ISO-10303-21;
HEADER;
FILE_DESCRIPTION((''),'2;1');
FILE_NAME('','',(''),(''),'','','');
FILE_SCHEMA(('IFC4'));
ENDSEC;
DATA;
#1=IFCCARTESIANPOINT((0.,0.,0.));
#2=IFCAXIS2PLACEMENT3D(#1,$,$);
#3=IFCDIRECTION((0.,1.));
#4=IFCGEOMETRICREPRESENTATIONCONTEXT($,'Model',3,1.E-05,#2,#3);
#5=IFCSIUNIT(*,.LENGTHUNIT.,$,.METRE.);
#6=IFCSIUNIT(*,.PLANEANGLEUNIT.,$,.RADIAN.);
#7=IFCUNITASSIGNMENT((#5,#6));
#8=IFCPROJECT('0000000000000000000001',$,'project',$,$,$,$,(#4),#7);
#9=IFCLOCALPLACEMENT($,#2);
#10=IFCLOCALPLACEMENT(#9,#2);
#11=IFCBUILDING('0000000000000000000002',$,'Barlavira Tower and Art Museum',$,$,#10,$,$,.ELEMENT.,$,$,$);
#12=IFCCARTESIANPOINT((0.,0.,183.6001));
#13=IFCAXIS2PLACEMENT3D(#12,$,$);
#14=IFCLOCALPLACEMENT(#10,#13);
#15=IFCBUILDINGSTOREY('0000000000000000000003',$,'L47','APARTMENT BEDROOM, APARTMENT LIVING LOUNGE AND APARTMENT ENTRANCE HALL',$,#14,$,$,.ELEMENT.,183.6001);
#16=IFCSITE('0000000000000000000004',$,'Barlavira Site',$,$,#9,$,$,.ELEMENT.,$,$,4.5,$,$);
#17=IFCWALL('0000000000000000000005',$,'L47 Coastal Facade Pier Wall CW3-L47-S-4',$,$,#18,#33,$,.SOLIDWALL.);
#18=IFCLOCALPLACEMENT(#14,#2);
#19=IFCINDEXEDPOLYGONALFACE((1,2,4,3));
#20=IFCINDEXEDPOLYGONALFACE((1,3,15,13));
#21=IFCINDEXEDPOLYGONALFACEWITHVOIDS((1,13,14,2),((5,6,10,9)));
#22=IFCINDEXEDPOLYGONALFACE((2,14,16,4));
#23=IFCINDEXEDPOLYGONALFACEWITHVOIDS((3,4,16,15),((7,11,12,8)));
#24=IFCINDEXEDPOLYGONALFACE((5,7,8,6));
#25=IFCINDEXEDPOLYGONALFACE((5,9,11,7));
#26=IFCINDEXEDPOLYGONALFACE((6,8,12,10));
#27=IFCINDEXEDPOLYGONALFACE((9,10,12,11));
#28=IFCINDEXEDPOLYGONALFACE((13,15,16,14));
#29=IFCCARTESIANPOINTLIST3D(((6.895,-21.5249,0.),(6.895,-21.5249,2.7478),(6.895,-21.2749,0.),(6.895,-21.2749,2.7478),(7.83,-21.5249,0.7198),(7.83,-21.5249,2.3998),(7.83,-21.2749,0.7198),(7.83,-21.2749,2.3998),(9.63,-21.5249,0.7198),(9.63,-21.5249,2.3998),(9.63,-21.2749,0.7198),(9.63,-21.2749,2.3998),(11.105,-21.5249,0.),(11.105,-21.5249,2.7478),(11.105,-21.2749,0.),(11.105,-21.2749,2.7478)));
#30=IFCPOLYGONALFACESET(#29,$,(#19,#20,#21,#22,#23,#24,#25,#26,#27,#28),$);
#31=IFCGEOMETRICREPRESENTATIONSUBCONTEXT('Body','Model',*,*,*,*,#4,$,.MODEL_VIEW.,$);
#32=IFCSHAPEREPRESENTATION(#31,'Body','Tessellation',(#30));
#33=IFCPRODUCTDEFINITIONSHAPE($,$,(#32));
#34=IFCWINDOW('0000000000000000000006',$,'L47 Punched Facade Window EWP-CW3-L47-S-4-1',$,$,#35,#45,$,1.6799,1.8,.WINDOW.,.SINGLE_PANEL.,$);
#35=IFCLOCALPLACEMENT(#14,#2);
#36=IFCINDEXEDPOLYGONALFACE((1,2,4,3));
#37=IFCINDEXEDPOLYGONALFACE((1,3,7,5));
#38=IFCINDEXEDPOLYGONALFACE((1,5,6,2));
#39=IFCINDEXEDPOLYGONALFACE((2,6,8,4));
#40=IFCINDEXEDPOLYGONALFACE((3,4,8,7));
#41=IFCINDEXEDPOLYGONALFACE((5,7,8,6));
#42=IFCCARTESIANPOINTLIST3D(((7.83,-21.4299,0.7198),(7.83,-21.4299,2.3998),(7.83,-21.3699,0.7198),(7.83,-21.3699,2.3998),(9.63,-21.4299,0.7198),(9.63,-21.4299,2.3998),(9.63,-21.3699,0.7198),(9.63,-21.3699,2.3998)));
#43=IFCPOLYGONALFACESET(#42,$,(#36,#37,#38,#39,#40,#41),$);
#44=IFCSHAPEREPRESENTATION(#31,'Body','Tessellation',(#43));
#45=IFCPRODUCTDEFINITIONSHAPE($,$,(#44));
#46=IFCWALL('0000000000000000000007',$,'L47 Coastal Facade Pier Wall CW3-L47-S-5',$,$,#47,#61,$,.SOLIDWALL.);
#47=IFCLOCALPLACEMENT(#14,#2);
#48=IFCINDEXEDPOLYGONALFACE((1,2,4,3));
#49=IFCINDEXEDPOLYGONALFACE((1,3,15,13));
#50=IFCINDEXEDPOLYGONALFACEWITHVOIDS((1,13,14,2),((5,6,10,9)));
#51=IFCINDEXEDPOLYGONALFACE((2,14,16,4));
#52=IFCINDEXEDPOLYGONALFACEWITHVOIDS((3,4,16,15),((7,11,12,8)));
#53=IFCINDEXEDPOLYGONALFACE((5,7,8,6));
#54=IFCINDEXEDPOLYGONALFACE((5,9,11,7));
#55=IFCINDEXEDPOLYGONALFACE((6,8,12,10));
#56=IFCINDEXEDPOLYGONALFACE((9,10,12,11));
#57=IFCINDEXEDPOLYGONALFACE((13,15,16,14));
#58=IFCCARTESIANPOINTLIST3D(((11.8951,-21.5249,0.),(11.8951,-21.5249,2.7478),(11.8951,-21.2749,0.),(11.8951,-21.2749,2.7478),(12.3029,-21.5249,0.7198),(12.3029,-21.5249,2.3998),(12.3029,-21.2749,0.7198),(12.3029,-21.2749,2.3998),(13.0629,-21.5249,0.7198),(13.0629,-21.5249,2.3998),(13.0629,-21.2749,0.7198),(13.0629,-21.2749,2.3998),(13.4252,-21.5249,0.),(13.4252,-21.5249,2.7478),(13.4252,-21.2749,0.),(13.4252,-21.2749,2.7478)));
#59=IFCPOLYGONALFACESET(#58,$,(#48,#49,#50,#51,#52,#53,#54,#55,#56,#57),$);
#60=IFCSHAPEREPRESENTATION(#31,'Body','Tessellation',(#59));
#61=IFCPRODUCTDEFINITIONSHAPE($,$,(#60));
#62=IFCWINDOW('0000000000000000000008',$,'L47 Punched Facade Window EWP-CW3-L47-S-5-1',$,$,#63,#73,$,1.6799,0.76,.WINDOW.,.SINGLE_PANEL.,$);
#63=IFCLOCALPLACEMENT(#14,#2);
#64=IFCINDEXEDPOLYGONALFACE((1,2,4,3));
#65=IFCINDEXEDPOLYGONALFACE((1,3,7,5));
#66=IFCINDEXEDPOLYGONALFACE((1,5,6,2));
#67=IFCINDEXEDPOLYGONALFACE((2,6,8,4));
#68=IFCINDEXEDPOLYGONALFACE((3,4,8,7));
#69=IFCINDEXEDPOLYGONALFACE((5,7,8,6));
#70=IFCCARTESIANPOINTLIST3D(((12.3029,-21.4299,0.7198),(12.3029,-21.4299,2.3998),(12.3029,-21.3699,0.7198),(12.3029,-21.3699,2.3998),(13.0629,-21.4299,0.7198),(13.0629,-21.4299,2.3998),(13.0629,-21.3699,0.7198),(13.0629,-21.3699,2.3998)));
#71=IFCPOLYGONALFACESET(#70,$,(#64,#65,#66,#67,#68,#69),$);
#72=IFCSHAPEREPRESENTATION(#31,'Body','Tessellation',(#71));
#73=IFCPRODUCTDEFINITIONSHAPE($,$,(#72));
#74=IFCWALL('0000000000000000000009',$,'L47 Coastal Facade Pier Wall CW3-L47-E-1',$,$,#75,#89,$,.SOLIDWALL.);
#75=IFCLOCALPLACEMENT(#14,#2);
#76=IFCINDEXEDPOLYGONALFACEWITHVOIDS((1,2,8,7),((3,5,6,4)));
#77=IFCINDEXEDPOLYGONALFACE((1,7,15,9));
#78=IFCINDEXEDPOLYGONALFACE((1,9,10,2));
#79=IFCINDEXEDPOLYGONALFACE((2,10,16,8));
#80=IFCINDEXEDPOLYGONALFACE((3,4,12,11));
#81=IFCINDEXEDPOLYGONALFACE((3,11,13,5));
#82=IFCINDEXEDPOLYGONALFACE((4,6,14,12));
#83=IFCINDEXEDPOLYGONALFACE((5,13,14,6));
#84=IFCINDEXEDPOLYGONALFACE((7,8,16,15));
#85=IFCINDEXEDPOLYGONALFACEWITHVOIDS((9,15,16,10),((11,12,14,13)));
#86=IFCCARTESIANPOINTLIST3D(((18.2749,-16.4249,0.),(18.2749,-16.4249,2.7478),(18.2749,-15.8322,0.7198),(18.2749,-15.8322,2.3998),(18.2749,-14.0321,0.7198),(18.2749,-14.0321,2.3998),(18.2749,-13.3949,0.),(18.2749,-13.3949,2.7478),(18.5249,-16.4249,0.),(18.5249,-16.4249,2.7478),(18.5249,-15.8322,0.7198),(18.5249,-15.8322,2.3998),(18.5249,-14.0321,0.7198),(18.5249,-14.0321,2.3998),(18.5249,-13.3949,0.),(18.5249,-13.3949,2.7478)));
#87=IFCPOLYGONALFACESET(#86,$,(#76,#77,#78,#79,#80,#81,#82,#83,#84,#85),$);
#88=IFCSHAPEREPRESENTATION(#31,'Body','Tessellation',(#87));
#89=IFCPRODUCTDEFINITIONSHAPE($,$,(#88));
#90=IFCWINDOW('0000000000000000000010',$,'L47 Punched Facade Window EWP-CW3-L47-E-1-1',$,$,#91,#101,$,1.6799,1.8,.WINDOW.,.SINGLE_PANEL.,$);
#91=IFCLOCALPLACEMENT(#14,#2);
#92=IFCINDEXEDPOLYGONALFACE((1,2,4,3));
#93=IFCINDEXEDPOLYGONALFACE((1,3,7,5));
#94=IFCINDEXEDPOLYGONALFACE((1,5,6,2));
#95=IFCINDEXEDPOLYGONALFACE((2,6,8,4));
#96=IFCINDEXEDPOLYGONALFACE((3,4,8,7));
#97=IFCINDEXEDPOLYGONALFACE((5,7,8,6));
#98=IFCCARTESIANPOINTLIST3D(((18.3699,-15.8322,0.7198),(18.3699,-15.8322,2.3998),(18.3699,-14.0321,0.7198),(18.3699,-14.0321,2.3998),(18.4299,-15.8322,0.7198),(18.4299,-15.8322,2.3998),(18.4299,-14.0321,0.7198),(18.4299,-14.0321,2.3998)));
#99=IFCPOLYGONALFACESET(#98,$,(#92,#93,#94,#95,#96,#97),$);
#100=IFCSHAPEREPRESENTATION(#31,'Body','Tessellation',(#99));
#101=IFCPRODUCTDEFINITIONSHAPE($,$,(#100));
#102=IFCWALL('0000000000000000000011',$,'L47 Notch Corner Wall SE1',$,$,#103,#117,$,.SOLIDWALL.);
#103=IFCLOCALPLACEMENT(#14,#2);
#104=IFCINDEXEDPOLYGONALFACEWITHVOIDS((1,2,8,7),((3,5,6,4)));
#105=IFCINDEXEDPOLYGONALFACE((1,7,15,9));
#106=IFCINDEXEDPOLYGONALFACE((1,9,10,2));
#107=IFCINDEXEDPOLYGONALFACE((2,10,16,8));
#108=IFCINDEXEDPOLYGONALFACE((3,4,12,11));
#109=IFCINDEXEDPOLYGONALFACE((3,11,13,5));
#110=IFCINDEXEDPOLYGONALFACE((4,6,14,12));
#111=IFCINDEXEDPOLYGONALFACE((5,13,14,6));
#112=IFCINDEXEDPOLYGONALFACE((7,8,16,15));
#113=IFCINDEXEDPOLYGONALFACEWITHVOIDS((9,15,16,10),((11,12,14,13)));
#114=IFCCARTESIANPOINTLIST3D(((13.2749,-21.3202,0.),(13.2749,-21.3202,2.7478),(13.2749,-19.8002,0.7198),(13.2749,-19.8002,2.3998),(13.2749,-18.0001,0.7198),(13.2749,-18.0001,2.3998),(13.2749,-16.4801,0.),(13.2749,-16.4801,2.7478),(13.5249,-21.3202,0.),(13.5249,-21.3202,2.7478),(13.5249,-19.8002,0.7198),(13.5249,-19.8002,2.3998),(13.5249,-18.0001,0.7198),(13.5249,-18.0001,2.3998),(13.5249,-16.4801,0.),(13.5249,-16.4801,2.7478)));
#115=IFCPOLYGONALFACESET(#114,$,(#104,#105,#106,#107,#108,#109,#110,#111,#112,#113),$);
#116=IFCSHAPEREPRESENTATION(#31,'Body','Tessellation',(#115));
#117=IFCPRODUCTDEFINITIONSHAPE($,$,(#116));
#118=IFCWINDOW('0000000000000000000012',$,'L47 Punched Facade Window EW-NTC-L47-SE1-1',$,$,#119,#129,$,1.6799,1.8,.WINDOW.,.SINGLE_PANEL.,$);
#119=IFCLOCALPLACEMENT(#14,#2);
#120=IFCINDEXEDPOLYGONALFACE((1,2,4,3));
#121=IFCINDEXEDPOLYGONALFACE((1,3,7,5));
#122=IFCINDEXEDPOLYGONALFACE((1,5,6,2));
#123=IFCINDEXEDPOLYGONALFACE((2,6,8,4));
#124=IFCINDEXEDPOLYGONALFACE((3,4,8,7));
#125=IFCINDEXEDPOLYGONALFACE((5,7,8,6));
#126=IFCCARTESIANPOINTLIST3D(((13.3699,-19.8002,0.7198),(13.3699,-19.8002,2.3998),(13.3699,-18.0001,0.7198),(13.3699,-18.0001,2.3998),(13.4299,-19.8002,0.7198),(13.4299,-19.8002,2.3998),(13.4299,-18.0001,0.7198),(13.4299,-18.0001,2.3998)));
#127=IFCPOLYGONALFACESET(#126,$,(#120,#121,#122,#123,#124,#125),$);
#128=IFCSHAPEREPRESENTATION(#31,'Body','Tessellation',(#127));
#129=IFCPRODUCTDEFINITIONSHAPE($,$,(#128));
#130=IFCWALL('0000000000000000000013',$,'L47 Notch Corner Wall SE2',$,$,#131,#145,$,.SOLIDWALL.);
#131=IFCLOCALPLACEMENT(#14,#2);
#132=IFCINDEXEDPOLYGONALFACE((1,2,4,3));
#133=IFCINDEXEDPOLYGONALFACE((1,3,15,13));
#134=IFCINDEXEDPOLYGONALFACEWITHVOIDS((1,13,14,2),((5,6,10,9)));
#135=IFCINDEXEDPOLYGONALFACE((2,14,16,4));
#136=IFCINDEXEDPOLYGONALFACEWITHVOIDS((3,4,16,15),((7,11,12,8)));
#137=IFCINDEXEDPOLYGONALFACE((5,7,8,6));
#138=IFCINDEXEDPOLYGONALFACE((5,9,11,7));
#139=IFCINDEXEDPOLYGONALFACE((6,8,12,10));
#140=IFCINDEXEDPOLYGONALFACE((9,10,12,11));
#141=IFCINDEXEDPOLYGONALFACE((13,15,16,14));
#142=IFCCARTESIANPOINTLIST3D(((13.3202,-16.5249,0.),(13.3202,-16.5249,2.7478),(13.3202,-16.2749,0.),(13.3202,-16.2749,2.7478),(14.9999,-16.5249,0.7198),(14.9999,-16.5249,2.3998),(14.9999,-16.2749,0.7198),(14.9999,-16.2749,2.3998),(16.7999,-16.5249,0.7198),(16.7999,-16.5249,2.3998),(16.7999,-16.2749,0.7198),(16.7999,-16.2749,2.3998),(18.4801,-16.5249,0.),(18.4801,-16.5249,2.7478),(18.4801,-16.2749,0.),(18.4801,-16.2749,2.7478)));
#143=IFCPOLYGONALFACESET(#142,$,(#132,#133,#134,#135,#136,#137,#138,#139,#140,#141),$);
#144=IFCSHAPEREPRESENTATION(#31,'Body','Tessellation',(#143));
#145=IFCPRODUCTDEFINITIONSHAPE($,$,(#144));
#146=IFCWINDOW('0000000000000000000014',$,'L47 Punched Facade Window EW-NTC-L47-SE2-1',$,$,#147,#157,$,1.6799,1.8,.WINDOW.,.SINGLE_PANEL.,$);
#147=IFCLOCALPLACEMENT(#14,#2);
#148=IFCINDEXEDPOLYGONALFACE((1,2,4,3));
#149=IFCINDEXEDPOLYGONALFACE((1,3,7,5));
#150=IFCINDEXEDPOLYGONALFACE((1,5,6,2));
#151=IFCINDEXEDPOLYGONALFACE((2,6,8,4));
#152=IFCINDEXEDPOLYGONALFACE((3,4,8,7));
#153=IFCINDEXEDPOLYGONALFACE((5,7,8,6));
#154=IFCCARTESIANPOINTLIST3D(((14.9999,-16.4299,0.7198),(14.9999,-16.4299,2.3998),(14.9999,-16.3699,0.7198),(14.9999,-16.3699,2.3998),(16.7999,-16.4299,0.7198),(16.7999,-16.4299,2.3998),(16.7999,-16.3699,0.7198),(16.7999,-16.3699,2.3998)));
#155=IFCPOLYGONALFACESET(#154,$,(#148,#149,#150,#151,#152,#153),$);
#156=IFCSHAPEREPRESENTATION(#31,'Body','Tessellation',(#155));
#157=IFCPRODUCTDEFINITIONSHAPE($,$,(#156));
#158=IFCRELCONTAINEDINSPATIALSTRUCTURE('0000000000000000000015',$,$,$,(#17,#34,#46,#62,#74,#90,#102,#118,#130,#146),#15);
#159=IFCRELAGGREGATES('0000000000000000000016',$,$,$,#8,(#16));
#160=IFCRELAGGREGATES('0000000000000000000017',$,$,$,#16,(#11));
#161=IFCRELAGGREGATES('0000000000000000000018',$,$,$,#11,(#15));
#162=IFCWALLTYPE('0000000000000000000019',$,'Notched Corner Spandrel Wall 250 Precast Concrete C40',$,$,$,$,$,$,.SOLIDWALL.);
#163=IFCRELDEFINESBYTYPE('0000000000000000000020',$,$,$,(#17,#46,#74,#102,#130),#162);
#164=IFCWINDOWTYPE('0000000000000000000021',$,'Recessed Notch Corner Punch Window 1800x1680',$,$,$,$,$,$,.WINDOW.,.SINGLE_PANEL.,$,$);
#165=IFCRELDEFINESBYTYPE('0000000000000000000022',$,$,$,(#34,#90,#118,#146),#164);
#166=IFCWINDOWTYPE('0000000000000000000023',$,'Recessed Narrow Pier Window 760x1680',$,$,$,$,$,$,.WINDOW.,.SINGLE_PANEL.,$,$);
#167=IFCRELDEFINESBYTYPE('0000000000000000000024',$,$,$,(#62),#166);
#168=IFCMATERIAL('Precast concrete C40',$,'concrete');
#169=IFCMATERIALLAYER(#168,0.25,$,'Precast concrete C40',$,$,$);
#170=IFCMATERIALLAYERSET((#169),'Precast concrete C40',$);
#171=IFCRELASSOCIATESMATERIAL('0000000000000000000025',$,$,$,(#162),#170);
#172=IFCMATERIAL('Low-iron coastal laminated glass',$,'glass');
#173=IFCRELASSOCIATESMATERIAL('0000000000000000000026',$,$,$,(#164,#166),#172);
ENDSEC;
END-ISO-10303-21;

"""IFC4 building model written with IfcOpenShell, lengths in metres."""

from ifc_helpers import new_model, si_unit, direction, frame, frame_2d, origin, place, context, subcontext, project, spatial, rectangle, extrude, material, layer, layer_set, type_object, element, fill, save


model = new_model("IFC4")

# Units and contexts
model_context = context("Model", 3, precision=1e-05, world=origin(), true_north=direction((0.0, 1.0)))
body_context = subcontext(model_context, "Body", "Model", "MODEL_VIEW")
ifc_project = project(units=[si_unit("LENGTHUNIT", "METRE"), si_unit("PLANEANGLEUNIT", "RADIAN")], contexts=[model_context])

# Site, building, storey
site_placement = place(None, origin())
site = spatial("IfcSite", under=ifc_project, at=site_placement, Name="Barlavira Site", CompositionType="ELEMENT", RefElevation=4.5)
building_placement = place(site_placement, origin())
building = spatial("IfcBuilding", under=site, at=building_placement, Name="Barlavira Tower and Art Museum", CompositionType="ELEMENT")
storey_placement = place(building_placement, frame((0.0, 0.0, 183.6001)))
storey = spatial("IfcBuildingStorey", under=building, at=storey_placement, Name="L47", Description="APARTMENT BEDROOM, APARTMENT LIVING LOUNGE AND APARTMENT ENTRANCE HALL", CompositionType="ELEMENT", Elevation=183.6001)

# Walls, openings, windows
ifc_material_1 = material(Name="Precast concrete C40", Category="concrete")
ifc_layer_1 = layer(ifc_material_1, 0.25, Name="Precast concrete C40")
ifc_layer_set_1 = layer_set([ifc_layer_1], Name="Precast concrete C40")
wall_type_1 = type_object("IfcWallType", Name="Notched Corner Spandrel Wall 250 Precast Concrete C40", PredefinedType="SOLIDWALL", material=ifc_layer_set_1)
wall_1_placement = place(storey_placement, frame((6.895, -21.3999, 0.0), z_axis=(0.0, 0.0, 1.0), x_axis=(1.0, 0.0, 0.0)))
wall_1 = element("IfcWall", 1, at=wall_1_placement, inside=storey, type_object=wall_type_1, Name="L47 Coastal Facade Pier Wall CW3-L47-S-4", PredefinedType="SOLIDWALL", context=body_context, shape_type="SweptSolid", body=[
    extrude(rectangle(XDim=4.21, YDim=0.25, at=frame_2d((2.105, 0.0))), origin(), (0.0, 0.0, 1.0), 2.7478),
])
opening_1_placement = place(wall_1_placement, frame((0.9351, 0.0, 0.72)))
opening_1 = element("IfcOpeningElement", 2, at=opening_1_placement, cuts=wall_1, PredefinedType="OPENING", context=body_context, shape_type="SweptSolid", body=[
    extrude(rectangle(XDim=1.8, YDim=1.6799, at=frame_2d((0.8999, 0.8398))), frame((0.0, 0.135, 0.0), z_axis=(0.0, -1.0, 0.0), x_axis=(1.0, 0.0, 0.0)), (0.0, 0.0, 1.0), 0.27),
])
ifc_material_2 = material(Name="Low-iron coastal laminated glass", Category="glass")
window_type_1 = type_object("IfcWindowType", Name="Recessed Notch Corner Punch Window 1800x1680", PartitioningType="SINGLE_PANEL", PredefinedType="WINDOW", material=ifc_material_2)
window_1_placement = place(opening_1_placement, origin())
window_1 = element("IfcWindow", 3, at=window_1_placement, inside=storey, type_object=window_type_1, Name="L47 Punched Facade Window EWP-CW3-L47-S-4-1", OverallHeight=1.6799, OverallWidth=1.8, PartitioningType="SINGLE_PANEL", PredefinedType="WINDOW", context=body_context, shape_type="SweptSolid", body=[
    extrude(rectangle(XDim=1.8, YDim=1.6799, at=frame_2d((0.8999, 0.8398))), frame((0.0, 0.03, 0.0), z_axis=(0.0, -1.0, 0.0), x_axis=(1.0, 0.0, 0.0)), (0.0, 0.0, 1.0), 0.0601),
])
fill(opening_1, window_1)
wall_2_placement = place(storey_placement, frame((11.895, -21.3999, 0.0), z_axis=(0.0, 0.0, 1.0), x_axis=(1.0, 0.0, 0.0)))
wall_2 = element("IfcWall", 4, at=wall_2_placement, inside=storey, type_object=wall_type_1, Name="L47 Coastal Facade Pier Wall CW3-L47-S-5", PredefinedType="SOLIDWALL", context=body_context, shape_type="SweptSolid", body=[
    extrude(rectangle(XDim=1.53, YDim=0.25, at=frame_2d((0.7651, 0.0))), origin(), (0.0, 0.0, 1.0), 2.7478),
])
opening_2_placement = place(wall_2_placement, frame((0.408, 0.0, 0.72)))
opening_2 = element("IfcOpeningElement", 5, at=opening_2_placement, cuts=wall_2, PredefinedType="OPENING", context=body_context, shape_type="SweptSolid", body=[
    extrude(rectangle(XDim=0.76, YDim=1.6799, at=frame_2d((0.3799, 0.8398))), frame((0.0, 0.135, 0.0), z_axis=(0.0, -1.0, 0.0), x_axis=(1.0, 0.0, 0.0)), (0.0, 0.0, 1.0), 0.27),
])
window_type_2 = type_object("IfcWindowType", Name="Recessed Narrow Pier Window 760x1680", PartitioningType="SINGLE_PANEL", PredefinedType="WINDOW", material=ifc_material_2)
window_2_placement = place(opening_2_placement, origin())
window_2 = element("IfcWindow", 6, at=window_2_placement, inside=storey, type_object=window_type_2, Name="L47 Punched Facade Window EWP-CW3-L47-S-5-1", OverallHeight=1.6799, OverallWidth=0.76, PartitioningType="SINGLE_PANEL", PredefinedType="WINDOW", context=body_context, shape_type="SweptSolid", body=[
    extrude(rectangle(XDim=0.76, YDim=1.6799, at=frame_2d((0.3799, 0.8398))), frame((0.0, 0.03, 0.0), z_axis=(0.0, -1.0, 0.0), x_axis=(1.0, 0.0, 0.0)), (0.0, 0.0, 1.0), 0.0601),
])
fill(opening_2, window_2)
wall_3_placement = place(storey_placement, frame((18.3999, -16.425, 0.0), z_axis=(0.0, 0.0, 1.0), x_axis=(0.0, 1.0, 0.0)))
wall_3 = element("IfcWall", 7, at=wall_3_placement, inside=storey, type_object=wall_type_1, Name="L47 Coastal Facade Pier Wall CW3-L47-E-1", PredefinedType="SOLIDWALL", context=body_context, shape_type="SweptSolid", body=[
    extrude(rectangle(XDim=3.03, YDim=0.25, at=frame_2d((1.5151, 0.0))), origin(), (0.0, 0.0, 1.0), 2.7478),
])
opening_3_placement = place(wall_3_placement, frame((0.593, 0.0, 0.72)))
opening_3 = element("IfcOpeningElement", 8, at=opening_3_placement, cuts=wall_3, PredefinedType="OPENING", context=body_context, shape_type="SweptSolid", body=[
    extrude(rectangle(XDim=1.8, YDim=1.6799, at=frame_2d((0.8999, 0.8398))), frame((0.0, 0.135, 0.0), z_axis=(0.0, -1.0, 0.0), x_axis=(1.0, 0.0, 0.0)), (0.0, 0.0, 1.0), 0.27),
])
window_3_placement = place(opening_3_placement, origin())
window_3 = element("IfcWindow", 9, at=window_3_placement, inside=storey, type_object=window_type_1, Name="L47 Punched Facade Window EWP-CW3-L47-E-1-1", OverallHeight=1.6799, OverallWidth=1.8, PartitioningType="SINGLE_PANEL", PredefinedType="WINDOW", context=body_context, shape_type="SweptSolid", body=[
    extrude(rectangle(XDim=1.8, YDim=1.6799, at=frame_2d((0.8999, 0.8398))), frame((0.0, 0.03, 0.0), z_axis=(0.0, -1.0, 0.0), x_axis=(1.0, 0.0, 0.0)), (0.0, 0.0, 1.0), 0.0601),
])
fill(opening_3, window_3)
wall_4_placement = place(storey_placement, frame((13.3999, -21.3201, 0.0), z_axis=(0.0, 0.0, 1.0), x_axis=(0.0, 1.0, 0.0)))
wall_4 = element("IfcWall", 10, at=wall_4_placement, inside=storey, type_object=wall_type_1, Name="L47 Notch Corner Wall SE1", PredefinedType="SOLIDWALL", context=body_context, shape_type="SweptSolid", body=[
    extrude(rectangle(XDim=4.8401, YDim=0.25, at=frame_2d((2.4199, 0.0))), origin(), (0.0, 0.0, 1.0), 2.7478),
])
opening_4_placement = place(wall_4_placement, frame((1.52, 0.0, 0.72)))
opening_4 = element("IfcOpeningElement", 11, at=opening_4_placement, cuts=wall_4, PredefinedType="OPENING", context=body_context, shape_type="SweptSolid", body=[
    extrude(rectangle(XDim=1.8, YDim=1.6799, at=frame_2d((0.8999, 0.8398))), frame((0.0, 0.135, 0.0), z_axis=(0.0, -1.0, 0.0), x_axis=(1.0, 0.0, 0.0)), (0.0, 0.0, 1.0), 0.27),
])
window_4_placement = place(opening_4_placement, origin())
window_4 = element("IfcWindow", 12, at=window_4_placement, inside=storey, type_object=window_type_1, Name="L47 Punched Facade Window EW-NTC-L47-SE1-1", OverallHeight=1.6799, OverallWidth=1.8, PartitioningType="SINGLE_PANEL", PredefinedType="WINDOW", context=body_context, shape_type="SweptSolid", body=[
    extrude(rectangle(XDim=1.8, YDim=1.6799, at=frame_2d((0.8999, 0.8398))), frame((0.0, 0.03, 0.0), z_axis=(0.0, -1.0, 0.0), x_axis=(1.0, 0.0, 0.0)), (0.0, 0.0, 1.0), 0.0601),
])
fill(opening_4, window_4)
wall_5_placement = place(storey_placement, frame((13.3201, -16.3999, 0.0), z_axis=(0.0, 0.0, 1.0), x_axis=(1.0, 0.0, 0.0)))
wall_5 = element("IfcWall", 13, at=wall_5_placement, inside=storey, type_object=wall_type_1, Name="L47 Notch Corner Wall SE2", PredefinedType="SOLIDWALL", context=body_context, shape_type="SweptSolid", body=[
    extrude(rectangle(XDim=5.1599, YDim=0.25, at=frame_2d((2.5801, 0.0))), origin(), (0.0, 0.0, 1.0), 2.7478),
])
opening_5_placement = place(wall_5_placement, frame((1.6799, 0.0, 0.72)))
opening_5 = element("IfcOpeningElement", 14, at=opening_5_placement, cuts=wall_5, PredefinedType="OPENING", context=body_context, shape_type="SweptSolid", body=[
    extrude(rectangle(XDim=1.8, YDim=1.6799, at=frame_2d((0.8999, 0.8398))), frame((0.0, 0.135, 0.0), z_axis=(0.0, -1.0, 0.0), x_axis=(1.0, 0.0, 0.0)), (0.0, 0.0, 1.0), 0.27),
])
window_5_placement = place(opening_5_placement, origin())
window_5 = element("IfcWindow", 15, at=window_5_placement, inside=storey, type_object=window_type_1, Name="L47 Punched Facade Window EW-NTC-L47-SE2-1", OverallHeight=1.6799, OverallWidth=1.8, PartitioningType="SINGLE_PANEL", PredefinedType="WINDOW", context=body_context, shape_type="SweptSolid", body=[
    extrude(rectangle(XDim=1.8, YDim=1.6799, at=frame_2d((0.8999, 0.8398))), frame((0.0, 0.03, 0.0), z_axis=(0.0, -1.0, 0.0), x_axis=(1.0, 0.0, 0.0)), (0.0, 0.0, 1.0), 0.0601),
])
fill(opening_5, window_5)

save(model, "model.ifc")
